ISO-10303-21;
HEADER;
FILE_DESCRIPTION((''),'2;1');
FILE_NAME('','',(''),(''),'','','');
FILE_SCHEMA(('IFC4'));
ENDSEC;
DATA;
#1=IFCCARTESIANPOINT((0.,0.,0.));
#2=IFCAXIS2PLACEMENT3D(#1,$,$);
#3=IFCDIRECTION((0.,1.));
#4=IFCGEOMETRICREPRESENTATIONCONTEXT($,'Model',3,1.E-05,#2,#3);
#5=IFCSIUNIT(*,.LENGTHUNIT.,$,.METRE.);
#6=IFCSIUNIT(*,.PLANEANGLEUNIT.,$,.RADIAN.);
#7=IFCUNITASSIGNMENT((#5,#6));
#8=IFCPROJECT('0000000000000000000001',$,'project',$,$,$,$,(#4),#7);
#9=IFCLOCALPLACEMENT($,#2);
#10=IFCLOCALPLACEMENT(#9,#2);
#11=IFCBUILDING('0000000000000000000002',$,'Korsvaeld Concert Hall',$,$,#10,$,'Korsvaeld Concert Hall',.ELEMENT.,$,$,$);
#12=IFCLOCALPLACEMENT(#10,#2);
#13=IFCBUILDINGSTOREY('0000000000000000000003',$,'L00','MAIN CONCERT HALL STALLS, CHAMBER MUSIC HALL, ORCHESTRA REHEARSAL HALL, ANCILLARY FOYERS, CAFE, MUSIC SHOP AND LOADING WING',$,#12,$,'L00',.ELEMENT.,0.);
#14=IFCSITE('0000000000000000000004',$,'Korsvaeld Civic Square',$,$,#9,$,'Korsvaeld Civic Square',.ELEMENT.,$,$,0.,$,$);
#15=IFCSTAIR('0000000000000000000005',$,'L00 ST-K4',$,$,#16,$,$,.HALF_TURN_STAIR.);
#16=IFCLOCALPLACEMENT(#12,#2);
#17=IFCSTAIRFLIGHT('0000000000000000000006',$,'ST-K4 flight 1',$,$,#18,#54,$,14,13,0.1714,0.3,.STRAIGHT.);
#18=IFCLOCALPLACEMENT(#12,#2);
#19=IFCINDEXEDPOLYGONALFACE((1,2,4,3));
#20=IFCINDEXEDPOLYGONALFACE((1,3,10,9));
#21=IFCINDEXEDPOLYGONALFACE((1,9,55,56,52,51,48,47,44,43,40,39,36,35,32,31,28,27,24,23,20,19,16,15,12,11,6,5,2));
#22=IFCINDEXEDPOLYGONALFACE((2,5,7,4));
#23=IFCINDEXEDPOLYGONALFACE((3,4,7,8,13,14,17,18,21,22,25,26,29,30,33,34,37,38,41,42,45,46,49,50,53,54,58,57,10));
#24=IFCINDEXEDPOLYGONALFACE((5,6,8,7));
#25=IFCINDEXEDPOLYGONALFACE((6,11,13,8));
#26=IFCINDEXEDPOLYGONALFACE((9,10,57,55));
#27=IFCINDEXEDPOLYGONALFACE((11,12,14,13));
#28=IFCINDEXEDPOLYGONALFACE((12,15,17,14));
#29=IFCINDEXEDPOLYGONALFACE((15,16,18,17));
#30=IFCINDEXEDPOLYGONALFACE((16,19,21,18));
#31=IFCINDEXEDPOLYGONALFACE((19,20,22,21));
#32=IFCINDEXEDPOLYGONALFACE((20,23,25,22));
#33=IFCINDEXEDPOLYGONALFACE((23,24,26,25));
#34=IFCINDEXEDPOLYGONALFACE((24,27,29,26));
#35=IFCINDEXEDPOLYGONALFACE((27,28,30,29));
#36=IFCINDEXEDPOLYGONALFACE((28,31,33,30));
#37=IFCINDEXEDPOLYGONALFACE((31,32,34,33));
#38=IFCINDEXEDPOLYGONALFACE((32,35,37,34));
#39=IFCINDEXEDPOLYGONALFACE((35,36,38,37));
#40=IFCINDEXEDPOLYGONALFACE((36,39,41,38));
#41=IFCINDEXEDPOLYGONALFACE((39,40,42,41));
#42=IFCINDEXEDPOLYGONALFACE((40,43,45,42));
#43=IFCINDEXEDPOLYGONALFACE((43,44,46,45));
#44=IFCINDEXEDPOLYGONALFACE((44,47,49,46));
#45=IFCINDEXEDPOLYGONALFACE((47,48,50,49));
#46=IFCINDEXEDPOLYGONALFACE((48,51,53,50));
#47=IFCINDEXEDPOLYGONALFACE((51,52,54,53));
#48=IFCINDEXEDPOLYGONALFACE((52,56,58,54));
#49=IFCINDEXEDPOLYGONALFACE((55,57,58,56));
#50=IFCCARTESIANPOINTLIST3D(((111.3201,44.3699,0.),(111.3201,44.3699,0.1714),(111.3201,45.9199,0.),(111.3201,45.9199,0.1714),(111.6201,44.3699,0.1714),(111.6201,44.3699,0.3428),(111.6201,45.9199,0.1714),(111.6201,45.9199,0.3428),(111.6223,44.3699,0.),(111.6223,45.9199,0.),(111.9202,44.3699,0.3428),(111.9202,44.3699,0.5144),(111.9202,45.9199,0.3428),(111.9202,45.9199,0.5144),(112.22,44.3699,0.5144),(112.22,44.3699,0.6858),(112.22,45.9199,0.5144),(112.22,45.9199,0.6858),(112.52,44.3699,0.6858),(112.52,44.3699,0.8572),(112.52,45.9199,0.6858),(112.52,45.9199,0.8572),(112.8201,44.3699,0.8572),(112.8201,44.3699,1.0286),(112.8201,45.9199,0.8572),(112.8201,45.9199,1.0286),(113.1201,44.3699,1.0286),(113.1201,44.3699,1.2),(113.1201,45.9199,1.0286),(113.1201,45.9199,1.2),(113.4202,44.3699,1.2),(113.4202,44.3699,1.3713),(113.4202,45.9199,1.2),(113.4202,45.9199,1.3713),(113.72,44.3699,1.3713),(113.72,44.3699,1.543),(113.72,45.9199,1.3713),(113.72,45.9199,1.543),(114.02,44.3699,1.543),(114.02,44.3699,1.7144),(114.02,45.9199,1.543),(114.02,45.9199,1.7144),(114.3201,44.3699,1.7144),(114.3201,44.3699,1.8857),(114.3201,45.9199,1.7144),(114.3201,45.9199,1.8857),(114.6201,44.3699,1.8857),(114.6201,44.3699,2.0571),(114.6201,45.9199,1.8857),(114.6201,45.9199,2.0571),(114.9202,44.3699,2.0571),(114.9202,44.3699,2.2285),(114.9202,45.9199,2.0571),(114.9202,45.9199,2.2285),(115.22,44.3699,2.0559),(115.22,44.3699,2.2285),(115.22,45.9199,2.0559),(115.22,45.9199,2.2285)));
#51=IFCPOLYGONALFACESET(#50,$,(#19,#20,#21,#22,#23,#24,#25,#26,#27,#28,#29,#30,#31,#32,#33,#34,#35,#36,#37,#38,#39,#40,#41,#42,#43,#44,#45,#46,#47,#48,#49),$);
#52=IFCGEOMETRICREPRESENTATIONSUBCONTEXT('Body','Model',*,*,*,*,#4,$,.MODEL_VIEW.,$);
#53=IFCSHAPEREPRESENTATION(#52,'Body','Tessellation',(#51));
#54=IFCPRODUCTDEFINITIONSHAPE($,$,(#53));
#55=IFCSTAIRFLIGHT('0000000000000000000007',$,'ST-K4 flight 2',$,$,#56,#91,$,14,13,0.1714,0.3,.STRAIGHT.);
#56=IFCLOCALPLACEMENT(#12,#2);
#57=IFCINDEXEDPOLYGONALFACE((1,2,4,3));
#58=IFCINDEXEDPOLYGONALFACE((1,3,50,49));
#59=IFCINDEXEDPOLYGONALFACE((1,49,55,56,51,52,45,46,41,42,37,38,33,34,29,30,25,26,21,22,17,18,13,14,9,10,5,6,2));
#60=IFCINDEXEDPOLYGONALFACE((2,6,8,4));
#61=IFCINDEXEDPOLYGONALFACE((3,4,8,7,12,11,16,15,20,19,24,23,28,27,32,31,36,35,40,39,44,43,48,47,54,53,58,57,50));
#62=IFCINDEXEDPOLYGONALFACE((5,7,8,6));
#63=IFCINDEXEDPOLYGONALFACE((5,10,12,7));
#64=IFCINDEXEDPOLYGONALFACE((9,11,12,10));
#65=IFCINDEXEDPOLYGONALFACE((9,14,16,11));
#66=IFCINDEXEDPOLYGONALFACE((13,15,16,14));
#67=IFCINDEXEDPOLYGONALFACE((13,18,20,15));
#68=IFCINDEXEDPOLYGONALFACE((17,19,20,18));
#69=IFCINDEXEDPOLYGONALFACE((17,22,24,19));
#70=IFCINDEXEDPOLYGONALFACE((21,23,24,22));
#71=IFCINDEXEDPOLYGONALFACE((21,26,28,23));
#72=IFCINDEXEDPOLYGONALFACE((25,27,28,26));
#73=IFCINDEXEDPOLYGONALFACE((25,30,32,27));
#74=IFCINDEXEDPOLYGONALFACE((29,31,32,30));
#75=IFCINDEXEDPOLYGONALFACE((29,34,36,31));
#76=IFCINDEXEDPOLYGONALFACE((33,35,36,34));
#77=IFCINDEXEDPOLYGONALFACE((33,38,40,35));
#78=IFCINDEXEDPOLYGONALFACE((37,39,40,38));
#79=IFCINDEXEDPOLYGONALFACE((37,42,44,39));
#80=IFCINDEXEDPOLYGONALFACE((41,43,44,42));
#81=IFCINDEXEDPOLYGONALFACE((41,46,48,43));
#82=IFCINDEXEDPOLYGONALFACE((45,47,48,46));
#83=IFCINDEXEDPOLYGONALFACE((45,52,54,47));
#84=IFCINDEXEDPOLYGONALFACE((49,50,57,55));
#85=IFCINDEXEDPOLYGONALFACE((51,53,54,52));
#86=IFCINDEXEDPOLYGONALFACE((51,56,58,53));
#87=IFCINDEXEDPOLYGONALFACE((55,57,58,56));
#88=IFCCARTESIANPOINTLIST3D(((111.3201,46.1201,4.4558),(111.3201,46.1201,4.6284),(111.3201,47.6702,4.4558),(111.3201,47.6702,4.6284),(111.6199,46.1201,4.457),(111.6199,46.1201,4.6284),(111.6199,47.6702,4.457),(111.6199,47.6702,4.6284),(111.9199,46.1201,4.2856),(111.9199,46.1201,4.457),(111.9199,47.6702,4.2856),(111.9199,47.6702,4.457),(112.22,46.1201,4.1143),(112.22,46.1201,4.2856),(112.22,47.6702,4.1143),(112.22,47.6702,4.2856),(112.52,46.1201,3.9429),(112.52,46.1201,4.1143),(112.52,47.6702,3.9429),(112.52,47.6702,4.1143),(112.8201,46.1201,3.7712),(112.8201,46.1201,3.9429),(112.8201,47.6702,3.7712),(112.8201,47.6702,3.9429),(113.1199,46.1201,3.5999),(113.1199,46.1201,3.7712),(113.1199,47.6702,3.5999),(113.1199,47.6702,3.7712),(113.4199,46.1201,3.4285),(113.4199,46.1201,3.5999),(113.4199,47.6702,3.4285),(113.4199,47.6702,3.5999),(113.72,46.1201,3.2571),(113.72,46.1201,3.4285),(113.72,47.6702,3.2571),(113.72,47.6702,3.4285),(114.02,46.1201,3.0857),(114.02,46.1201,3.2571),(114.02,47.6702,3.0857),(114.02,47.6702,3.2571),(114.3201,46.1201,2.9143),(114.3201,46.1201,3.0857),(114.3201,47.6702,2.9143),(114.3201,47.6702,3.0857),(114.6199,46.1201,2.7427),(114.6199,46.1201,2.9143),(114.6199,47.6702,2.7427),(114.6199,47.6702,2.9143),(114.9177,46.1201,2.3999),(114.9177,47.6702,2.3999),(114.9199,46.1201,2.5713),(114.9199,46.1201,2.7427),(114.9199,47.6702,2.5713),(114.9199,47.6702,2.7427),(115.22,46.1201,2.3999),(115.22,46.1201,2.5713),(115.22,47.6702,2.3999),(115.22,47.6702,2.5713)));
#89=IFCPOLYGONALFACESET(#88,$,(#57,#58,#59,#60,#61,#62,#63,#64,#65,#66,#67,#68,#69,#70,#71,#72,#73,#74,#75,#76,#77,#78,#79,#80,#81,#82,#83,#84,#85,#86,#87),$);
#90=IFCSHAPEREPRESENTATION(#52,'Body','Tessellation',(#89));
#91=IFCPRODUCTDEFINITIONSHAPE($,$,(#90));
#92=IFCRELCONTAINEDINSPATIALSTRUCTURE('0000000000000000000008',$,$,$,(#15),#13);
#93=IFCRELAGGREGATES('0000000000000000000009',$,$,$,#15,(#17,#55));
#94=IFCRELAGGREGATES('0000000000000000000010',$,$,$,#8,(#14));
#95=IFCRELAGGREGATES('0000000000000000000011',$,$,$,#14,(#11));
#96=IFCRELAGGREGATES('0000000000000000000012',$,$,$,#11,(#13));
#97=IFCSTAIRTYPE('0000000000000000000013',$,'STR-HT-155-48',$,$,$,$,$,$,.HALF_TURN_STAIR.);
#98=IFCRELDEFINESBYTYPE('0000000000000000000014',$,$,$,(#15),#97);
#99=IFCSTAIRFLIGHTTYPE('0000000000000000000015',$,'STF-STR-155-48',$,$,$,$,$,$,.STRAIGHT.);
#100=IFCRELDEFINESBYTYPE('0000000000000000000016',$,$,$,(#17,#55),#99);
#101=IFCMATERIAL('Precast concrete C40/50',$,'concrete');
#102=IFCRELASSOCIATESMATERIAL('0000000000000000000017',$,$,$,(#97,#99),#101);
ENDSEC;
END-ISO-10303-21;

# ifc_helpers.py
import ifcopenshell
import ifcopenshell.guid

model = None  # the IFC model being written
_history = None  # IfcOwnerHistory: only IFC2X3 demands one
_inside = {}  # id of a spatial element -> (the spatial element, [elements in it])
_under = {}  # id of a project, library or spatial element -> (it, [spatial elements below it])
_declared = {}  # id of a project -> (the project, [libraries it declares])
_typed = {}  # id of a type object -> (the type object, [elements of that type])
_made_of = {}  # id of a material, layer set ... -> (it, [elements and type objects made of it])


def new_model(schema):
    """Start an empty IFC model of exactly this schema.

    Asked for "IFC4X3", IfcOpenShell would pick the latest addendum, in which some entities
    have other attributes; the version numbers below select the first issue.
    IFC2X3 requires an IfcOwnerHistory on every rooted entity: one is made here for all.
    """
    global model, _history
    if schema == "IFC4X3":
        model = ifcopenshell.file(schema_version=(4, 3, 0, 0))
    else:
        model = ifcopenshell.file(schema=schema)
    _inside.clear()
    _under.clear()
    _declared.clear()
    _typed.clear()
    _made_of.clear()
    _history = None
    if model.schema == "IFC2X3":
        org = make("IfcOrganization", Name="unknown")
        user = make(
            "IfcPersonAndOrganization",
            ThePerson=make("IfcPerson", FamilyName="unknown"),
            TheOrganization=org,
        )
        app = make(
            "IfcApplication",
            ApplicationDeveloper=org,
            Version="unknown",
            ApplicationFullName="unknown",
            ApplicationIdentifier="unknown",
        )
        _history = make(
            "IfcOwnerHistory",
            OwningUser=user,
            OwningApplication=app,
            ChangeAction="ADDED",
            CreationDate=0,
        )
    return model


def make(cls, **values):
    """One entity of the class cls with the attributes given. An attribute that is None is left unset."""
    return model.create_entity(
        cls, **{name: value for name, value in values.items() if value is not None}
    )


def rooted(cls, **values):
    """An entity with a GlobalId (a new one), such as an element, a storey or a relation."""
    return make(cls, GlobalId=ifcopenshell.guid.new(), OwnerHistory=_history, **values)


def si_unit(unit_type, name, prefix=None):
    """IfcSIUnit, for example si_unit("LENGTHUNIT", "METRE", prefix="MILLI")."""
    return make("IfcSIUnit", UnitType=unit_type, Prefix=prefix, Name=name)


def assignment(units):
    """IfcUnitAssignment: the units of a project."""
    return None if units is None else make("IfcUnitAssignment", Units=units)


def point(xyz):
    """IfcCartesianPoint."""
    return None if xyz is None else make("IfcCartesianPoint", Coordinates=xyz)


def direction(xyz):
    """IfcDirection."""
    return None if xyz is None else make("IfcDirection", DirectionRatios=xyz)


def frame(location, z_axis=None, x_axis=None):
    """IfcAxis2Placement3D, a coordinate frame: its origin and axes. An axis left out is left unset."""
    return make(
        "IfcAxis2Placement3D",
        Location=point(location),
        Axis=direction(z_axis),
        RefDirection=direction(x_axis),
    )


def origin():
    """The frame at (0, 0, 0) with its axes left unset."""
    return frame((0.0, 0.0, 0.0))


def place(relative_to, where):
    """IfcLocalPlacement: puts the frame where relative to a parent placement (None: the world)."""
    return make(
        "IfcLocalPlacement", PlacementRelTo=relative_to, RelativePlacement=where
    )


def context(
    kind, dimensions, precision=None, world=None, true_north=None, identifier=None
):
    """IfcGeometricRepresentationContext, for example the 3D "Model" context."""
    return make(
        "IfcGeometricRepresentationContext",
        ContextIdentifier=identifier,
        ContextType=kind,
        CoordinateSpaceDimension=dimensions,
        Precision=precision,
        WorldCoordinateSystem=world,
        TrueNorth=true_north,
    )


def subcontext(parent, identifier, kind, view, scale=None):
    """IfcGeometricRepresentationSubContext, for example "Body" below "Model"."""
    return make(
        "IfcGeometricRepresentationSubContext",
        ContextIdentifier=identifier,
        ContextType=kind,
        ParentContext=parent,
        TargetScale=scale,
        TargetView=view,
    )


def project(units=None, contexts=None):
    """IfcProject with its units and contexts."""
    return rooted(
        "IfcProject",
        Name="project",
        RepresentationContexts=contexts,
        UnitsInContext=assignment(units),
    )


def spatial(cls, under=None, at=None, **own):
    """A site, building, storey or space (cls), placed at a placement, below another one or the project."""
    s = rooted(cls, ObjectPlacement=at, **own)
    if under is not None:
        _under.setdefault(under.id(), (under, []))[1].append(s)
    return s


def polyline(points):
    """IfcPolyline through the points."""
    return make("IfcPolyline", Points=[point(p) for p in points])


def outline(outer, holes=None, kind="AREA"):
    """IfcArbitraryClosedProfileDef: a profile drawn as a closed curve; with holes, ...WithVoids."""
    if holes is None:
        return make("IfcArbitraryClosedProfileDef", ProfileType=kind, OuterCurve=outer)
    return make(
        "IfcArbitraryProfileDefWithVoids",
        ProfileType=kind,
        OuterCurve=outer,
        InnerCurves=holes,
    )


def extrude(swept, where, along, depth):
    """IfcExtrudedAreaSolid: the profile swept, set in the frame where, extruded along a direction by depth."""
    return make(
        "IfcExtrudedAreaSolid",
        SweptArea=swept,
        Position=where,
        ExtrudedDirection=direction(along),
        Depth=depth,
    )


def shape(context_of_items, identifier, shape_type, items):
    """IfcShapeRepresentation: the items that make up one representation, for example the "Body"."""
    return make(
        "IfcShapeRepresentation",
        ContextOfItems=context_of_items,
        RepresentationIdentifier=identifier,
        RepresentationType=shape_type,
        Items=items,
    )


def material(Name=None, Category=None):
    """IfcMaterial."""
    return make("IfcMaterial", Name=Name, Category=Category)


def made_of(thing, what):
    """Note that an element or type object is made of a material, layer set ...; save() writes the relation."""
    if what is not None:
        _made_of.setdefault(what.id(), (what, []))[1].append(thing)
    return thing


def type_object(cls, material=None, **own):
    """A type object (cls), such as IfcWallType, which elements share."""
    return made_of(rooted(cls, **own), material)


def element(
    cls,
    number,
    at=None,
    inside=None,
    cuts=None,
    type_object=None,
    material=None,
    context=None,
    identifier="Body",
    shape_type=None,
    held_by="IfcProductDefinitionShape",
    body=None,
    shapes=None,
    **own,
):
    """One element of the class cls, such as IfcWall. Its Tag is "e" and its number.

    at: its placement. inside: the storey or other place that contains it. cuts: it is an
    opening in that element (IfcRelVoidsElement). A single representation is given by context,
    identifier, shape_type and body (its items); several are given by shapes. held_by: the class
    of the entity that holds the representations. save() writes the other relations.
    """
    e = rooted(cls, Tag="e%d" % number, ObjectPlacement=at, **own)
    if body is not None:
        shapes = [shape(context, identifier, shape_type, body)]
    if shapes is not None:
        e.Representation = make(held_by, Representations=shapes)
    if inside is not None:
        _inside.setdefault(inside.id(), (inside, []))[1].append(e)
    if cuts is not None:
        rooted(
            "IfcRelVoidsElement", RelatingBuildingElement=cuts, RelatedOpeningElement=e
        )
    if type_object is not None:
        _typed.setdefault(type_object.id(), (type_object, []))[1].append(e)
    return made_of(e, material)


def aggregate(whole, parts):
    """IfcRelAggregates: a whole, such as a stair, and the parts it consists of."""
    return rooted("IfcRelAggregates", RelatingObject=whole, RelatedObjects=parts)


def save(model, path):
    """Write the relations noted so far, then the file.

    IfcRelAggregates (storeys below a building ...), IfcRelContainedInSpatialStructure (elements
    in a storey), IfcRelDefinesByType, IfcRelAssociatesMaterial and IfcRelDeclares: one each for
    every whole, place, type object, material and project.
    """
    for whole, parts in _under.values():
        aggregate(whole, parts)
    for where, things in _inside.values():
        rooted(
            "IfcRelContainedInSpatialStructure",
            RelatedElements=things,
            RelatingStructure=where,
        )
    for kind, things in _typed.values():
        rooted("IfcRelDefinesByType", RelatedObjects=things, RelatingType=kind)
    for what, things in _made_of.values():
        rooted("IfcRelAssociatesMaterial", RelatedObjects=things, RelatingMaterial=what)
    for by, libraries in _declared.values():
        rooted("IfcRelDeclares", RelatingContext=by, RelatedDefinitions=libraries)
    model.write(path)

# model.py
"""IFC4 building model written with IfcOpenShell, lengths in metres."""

from ifc_helpers import new_model, si_unit, direction, frame, origin, place, context, subcontext, project, spatial, polyline, outline, extrude, material, type_object, element, aggregate, save


model = new_model("IFC4")

# Units and contexts
model_context = context("Model", 3, precision=1e-05, world=origin(), true_north=direction((0.0, 1.0)))
body_context = subcontext(model_context, "Body", "Model", "MODEL_VIEW")
ifc_project = project(units=[si_unit("LENGTHUNIT", "METRE"), si_unit("PLANEANGLEUNIT", "RADIAN")], contexts=[model_context])

# Site, building, storey
site_placement = place(None, origin())
site = spatial("IfcSite", under=ifc_project, at=site_placement, Name="Korsvaeld Civic Square", LongName="Korsvaeld Civic Square", CompositionType="ELEMENT", RefElevation=0.0)
building_placement = place(site_placement, origin())
building = spatial("IfcBuilding", under=site, at=building_placement, Name="Korsvaeld Concert Hall", LongName="Korsvaeld Concert Hall", CompositionType="ELEMENT")
storey_placement = place(building_placement, origin())
storey = spatial("IfcBuildingStorey", under=building, at=storey_placement, Name="L00", Description="MAIN CONCERT HALL STALLS, CHAMBER MUSIC HALL, ORCHESTRA REHEARSAL HALL, ANCILLARY FOYERS, CAFE, MUSIC SHOP AND LOADING WING", LongName="L00", CompositionType="ELEMENT", Elevation=0.0)

# Stair, stair flights
ifc_material_1 = material(Name="Precast concrete C40/50", Category="concrete")
stair_type = type_object("IfcStairType", Name="STR-HT-155-48", PredefinedType="HALF_TURN_STAIR", material=ifc_material_1)
stair_placement = place(storey_placement, origin())
stair = element("IfcStair", 1, at=stair_placement, inside=storey, type_object=stair_type, Name="L00 ST-K4", PredefinedType="HALF_TURN_STAIR")
stair_flight_type = type_object("IfcStairFlightType", Name="STF-STR-155-48", PredefinedType="STRAIGHT", material=ifc_material_1)
stair_flight_1_placement = place(storey_placement, frame((111.3201, 45.145, 0.0), z_axis=(0.0, 0.0, 1.0), x_axis=(1.0, 0.0, 0.0)))
stair_flight_1 = element("IfcStairFlight", 2, at=stair_flight_1_placement, type_object=stair_flight_type, Name="ST-K4 flight 1", NumberOfRisers=14, NumberOfTreads=13, PredefinedType="STRAIGHT", RiserHeight=0.1714, TreadLength=0.3, context=body_context, shape_type="SweptSolid", body=[
    extrude(outline(polyline([(0.0, 0.0), (0.0, 0.1714), (0.3, 0.1714), (0.3, 0.3428), (0.6001, 0.3428), (0.6001, 0.5144), (0.8999, 0.5144), (0.8999, 0.6858), (1.2, 0.6858), (1.2, 0.8572), (1.5, 0.8572), (1.5, 1.0286), (1.8, 1.0286), (1.8, 1.2), (2.1001, 1.2), (2.1001, 1.3713), (2.3999, 1.3713), (2.3999, 1.543), (2.7, 1.543), (2.7, 1.7144), (3.0, 1.7144), (3.0, 1.8857), (3.3, 1.8857), (3.3, 2.0571), (3.6001, 2.0571), (3.6001, 2.2285), (3.8999, 2.2285), (3.8999, 2.3999), (3.8999, 2.0559), (0.3022, 0.0), (0.0, 0.0)])), frame((0.0, 0.7749, 0.0), z_axis=(0.0, -1.0, 0.0), x_axis=(1.0, 0.0, 0.0)), (0.0, 0.0, 1.0), 1.55),
])
stair_flight_2_placement = place(storey_placement, frame((115.22, 46.895, 2.3999), z_axis=(0.0, 0.0, 1.0), x_axis=(-1.0, 0.0, 0.0)))
stair_flight_2 = element("IfcStairFlight", 3, at=stair_flight_2_placement, type_object=stair_flight_type, Name="ST-K4 flight 2", NumberOfRisers=14, NumberOfTreads=13, PredefinedType="STRAIGHT", RiserHeight=0.1714, TreadLength=0.3, context=body_context, shape_type="SweptSolid", body=[
    extrude(outline(polyline([(0.0, 0.0), (0.0, 0.1714), (0.3, 0.1714), (0.3, 0.3428), (0.6001, 0.3428), (0.6001, 0.5144), (0.8999, 0.5144), (0.8999, 0.6858), (1.2, 0.6858), (1.2, 0.8572), (1.5, 0.8572), (1.5, 1.0286), (1.8, 1.0286), (1.8, 1.2), (2.1001, 1.2), (2.1001, 1.3713), (2.3999, 1.3713), (2.3999, 1.543), (2.7, 1.543), (2.7, 1.7144), (3.0, 1.7144), (3.0, 1.8857), (3.3, 1.8857), (3.3, 2.0571), (3.6001, 2.0571), (3.6001, 2.2285), (3.8999, 2.2285), (3.8999, 2.3999), (3.8999, 2.0559), (0.3022, 0.0), (0.0, 0.0)])), frame((0.0, 0.7749, 0.0), z_axis=(0.0, -1.0, 0.0), x_axis=(1.0, 0.0, 0.0)), (0.0, 0.0, 1.0), 1.55),
])
aggregate(stair, [stair_flight_1, stair_flight_2])

save(model, "model.ifc")
